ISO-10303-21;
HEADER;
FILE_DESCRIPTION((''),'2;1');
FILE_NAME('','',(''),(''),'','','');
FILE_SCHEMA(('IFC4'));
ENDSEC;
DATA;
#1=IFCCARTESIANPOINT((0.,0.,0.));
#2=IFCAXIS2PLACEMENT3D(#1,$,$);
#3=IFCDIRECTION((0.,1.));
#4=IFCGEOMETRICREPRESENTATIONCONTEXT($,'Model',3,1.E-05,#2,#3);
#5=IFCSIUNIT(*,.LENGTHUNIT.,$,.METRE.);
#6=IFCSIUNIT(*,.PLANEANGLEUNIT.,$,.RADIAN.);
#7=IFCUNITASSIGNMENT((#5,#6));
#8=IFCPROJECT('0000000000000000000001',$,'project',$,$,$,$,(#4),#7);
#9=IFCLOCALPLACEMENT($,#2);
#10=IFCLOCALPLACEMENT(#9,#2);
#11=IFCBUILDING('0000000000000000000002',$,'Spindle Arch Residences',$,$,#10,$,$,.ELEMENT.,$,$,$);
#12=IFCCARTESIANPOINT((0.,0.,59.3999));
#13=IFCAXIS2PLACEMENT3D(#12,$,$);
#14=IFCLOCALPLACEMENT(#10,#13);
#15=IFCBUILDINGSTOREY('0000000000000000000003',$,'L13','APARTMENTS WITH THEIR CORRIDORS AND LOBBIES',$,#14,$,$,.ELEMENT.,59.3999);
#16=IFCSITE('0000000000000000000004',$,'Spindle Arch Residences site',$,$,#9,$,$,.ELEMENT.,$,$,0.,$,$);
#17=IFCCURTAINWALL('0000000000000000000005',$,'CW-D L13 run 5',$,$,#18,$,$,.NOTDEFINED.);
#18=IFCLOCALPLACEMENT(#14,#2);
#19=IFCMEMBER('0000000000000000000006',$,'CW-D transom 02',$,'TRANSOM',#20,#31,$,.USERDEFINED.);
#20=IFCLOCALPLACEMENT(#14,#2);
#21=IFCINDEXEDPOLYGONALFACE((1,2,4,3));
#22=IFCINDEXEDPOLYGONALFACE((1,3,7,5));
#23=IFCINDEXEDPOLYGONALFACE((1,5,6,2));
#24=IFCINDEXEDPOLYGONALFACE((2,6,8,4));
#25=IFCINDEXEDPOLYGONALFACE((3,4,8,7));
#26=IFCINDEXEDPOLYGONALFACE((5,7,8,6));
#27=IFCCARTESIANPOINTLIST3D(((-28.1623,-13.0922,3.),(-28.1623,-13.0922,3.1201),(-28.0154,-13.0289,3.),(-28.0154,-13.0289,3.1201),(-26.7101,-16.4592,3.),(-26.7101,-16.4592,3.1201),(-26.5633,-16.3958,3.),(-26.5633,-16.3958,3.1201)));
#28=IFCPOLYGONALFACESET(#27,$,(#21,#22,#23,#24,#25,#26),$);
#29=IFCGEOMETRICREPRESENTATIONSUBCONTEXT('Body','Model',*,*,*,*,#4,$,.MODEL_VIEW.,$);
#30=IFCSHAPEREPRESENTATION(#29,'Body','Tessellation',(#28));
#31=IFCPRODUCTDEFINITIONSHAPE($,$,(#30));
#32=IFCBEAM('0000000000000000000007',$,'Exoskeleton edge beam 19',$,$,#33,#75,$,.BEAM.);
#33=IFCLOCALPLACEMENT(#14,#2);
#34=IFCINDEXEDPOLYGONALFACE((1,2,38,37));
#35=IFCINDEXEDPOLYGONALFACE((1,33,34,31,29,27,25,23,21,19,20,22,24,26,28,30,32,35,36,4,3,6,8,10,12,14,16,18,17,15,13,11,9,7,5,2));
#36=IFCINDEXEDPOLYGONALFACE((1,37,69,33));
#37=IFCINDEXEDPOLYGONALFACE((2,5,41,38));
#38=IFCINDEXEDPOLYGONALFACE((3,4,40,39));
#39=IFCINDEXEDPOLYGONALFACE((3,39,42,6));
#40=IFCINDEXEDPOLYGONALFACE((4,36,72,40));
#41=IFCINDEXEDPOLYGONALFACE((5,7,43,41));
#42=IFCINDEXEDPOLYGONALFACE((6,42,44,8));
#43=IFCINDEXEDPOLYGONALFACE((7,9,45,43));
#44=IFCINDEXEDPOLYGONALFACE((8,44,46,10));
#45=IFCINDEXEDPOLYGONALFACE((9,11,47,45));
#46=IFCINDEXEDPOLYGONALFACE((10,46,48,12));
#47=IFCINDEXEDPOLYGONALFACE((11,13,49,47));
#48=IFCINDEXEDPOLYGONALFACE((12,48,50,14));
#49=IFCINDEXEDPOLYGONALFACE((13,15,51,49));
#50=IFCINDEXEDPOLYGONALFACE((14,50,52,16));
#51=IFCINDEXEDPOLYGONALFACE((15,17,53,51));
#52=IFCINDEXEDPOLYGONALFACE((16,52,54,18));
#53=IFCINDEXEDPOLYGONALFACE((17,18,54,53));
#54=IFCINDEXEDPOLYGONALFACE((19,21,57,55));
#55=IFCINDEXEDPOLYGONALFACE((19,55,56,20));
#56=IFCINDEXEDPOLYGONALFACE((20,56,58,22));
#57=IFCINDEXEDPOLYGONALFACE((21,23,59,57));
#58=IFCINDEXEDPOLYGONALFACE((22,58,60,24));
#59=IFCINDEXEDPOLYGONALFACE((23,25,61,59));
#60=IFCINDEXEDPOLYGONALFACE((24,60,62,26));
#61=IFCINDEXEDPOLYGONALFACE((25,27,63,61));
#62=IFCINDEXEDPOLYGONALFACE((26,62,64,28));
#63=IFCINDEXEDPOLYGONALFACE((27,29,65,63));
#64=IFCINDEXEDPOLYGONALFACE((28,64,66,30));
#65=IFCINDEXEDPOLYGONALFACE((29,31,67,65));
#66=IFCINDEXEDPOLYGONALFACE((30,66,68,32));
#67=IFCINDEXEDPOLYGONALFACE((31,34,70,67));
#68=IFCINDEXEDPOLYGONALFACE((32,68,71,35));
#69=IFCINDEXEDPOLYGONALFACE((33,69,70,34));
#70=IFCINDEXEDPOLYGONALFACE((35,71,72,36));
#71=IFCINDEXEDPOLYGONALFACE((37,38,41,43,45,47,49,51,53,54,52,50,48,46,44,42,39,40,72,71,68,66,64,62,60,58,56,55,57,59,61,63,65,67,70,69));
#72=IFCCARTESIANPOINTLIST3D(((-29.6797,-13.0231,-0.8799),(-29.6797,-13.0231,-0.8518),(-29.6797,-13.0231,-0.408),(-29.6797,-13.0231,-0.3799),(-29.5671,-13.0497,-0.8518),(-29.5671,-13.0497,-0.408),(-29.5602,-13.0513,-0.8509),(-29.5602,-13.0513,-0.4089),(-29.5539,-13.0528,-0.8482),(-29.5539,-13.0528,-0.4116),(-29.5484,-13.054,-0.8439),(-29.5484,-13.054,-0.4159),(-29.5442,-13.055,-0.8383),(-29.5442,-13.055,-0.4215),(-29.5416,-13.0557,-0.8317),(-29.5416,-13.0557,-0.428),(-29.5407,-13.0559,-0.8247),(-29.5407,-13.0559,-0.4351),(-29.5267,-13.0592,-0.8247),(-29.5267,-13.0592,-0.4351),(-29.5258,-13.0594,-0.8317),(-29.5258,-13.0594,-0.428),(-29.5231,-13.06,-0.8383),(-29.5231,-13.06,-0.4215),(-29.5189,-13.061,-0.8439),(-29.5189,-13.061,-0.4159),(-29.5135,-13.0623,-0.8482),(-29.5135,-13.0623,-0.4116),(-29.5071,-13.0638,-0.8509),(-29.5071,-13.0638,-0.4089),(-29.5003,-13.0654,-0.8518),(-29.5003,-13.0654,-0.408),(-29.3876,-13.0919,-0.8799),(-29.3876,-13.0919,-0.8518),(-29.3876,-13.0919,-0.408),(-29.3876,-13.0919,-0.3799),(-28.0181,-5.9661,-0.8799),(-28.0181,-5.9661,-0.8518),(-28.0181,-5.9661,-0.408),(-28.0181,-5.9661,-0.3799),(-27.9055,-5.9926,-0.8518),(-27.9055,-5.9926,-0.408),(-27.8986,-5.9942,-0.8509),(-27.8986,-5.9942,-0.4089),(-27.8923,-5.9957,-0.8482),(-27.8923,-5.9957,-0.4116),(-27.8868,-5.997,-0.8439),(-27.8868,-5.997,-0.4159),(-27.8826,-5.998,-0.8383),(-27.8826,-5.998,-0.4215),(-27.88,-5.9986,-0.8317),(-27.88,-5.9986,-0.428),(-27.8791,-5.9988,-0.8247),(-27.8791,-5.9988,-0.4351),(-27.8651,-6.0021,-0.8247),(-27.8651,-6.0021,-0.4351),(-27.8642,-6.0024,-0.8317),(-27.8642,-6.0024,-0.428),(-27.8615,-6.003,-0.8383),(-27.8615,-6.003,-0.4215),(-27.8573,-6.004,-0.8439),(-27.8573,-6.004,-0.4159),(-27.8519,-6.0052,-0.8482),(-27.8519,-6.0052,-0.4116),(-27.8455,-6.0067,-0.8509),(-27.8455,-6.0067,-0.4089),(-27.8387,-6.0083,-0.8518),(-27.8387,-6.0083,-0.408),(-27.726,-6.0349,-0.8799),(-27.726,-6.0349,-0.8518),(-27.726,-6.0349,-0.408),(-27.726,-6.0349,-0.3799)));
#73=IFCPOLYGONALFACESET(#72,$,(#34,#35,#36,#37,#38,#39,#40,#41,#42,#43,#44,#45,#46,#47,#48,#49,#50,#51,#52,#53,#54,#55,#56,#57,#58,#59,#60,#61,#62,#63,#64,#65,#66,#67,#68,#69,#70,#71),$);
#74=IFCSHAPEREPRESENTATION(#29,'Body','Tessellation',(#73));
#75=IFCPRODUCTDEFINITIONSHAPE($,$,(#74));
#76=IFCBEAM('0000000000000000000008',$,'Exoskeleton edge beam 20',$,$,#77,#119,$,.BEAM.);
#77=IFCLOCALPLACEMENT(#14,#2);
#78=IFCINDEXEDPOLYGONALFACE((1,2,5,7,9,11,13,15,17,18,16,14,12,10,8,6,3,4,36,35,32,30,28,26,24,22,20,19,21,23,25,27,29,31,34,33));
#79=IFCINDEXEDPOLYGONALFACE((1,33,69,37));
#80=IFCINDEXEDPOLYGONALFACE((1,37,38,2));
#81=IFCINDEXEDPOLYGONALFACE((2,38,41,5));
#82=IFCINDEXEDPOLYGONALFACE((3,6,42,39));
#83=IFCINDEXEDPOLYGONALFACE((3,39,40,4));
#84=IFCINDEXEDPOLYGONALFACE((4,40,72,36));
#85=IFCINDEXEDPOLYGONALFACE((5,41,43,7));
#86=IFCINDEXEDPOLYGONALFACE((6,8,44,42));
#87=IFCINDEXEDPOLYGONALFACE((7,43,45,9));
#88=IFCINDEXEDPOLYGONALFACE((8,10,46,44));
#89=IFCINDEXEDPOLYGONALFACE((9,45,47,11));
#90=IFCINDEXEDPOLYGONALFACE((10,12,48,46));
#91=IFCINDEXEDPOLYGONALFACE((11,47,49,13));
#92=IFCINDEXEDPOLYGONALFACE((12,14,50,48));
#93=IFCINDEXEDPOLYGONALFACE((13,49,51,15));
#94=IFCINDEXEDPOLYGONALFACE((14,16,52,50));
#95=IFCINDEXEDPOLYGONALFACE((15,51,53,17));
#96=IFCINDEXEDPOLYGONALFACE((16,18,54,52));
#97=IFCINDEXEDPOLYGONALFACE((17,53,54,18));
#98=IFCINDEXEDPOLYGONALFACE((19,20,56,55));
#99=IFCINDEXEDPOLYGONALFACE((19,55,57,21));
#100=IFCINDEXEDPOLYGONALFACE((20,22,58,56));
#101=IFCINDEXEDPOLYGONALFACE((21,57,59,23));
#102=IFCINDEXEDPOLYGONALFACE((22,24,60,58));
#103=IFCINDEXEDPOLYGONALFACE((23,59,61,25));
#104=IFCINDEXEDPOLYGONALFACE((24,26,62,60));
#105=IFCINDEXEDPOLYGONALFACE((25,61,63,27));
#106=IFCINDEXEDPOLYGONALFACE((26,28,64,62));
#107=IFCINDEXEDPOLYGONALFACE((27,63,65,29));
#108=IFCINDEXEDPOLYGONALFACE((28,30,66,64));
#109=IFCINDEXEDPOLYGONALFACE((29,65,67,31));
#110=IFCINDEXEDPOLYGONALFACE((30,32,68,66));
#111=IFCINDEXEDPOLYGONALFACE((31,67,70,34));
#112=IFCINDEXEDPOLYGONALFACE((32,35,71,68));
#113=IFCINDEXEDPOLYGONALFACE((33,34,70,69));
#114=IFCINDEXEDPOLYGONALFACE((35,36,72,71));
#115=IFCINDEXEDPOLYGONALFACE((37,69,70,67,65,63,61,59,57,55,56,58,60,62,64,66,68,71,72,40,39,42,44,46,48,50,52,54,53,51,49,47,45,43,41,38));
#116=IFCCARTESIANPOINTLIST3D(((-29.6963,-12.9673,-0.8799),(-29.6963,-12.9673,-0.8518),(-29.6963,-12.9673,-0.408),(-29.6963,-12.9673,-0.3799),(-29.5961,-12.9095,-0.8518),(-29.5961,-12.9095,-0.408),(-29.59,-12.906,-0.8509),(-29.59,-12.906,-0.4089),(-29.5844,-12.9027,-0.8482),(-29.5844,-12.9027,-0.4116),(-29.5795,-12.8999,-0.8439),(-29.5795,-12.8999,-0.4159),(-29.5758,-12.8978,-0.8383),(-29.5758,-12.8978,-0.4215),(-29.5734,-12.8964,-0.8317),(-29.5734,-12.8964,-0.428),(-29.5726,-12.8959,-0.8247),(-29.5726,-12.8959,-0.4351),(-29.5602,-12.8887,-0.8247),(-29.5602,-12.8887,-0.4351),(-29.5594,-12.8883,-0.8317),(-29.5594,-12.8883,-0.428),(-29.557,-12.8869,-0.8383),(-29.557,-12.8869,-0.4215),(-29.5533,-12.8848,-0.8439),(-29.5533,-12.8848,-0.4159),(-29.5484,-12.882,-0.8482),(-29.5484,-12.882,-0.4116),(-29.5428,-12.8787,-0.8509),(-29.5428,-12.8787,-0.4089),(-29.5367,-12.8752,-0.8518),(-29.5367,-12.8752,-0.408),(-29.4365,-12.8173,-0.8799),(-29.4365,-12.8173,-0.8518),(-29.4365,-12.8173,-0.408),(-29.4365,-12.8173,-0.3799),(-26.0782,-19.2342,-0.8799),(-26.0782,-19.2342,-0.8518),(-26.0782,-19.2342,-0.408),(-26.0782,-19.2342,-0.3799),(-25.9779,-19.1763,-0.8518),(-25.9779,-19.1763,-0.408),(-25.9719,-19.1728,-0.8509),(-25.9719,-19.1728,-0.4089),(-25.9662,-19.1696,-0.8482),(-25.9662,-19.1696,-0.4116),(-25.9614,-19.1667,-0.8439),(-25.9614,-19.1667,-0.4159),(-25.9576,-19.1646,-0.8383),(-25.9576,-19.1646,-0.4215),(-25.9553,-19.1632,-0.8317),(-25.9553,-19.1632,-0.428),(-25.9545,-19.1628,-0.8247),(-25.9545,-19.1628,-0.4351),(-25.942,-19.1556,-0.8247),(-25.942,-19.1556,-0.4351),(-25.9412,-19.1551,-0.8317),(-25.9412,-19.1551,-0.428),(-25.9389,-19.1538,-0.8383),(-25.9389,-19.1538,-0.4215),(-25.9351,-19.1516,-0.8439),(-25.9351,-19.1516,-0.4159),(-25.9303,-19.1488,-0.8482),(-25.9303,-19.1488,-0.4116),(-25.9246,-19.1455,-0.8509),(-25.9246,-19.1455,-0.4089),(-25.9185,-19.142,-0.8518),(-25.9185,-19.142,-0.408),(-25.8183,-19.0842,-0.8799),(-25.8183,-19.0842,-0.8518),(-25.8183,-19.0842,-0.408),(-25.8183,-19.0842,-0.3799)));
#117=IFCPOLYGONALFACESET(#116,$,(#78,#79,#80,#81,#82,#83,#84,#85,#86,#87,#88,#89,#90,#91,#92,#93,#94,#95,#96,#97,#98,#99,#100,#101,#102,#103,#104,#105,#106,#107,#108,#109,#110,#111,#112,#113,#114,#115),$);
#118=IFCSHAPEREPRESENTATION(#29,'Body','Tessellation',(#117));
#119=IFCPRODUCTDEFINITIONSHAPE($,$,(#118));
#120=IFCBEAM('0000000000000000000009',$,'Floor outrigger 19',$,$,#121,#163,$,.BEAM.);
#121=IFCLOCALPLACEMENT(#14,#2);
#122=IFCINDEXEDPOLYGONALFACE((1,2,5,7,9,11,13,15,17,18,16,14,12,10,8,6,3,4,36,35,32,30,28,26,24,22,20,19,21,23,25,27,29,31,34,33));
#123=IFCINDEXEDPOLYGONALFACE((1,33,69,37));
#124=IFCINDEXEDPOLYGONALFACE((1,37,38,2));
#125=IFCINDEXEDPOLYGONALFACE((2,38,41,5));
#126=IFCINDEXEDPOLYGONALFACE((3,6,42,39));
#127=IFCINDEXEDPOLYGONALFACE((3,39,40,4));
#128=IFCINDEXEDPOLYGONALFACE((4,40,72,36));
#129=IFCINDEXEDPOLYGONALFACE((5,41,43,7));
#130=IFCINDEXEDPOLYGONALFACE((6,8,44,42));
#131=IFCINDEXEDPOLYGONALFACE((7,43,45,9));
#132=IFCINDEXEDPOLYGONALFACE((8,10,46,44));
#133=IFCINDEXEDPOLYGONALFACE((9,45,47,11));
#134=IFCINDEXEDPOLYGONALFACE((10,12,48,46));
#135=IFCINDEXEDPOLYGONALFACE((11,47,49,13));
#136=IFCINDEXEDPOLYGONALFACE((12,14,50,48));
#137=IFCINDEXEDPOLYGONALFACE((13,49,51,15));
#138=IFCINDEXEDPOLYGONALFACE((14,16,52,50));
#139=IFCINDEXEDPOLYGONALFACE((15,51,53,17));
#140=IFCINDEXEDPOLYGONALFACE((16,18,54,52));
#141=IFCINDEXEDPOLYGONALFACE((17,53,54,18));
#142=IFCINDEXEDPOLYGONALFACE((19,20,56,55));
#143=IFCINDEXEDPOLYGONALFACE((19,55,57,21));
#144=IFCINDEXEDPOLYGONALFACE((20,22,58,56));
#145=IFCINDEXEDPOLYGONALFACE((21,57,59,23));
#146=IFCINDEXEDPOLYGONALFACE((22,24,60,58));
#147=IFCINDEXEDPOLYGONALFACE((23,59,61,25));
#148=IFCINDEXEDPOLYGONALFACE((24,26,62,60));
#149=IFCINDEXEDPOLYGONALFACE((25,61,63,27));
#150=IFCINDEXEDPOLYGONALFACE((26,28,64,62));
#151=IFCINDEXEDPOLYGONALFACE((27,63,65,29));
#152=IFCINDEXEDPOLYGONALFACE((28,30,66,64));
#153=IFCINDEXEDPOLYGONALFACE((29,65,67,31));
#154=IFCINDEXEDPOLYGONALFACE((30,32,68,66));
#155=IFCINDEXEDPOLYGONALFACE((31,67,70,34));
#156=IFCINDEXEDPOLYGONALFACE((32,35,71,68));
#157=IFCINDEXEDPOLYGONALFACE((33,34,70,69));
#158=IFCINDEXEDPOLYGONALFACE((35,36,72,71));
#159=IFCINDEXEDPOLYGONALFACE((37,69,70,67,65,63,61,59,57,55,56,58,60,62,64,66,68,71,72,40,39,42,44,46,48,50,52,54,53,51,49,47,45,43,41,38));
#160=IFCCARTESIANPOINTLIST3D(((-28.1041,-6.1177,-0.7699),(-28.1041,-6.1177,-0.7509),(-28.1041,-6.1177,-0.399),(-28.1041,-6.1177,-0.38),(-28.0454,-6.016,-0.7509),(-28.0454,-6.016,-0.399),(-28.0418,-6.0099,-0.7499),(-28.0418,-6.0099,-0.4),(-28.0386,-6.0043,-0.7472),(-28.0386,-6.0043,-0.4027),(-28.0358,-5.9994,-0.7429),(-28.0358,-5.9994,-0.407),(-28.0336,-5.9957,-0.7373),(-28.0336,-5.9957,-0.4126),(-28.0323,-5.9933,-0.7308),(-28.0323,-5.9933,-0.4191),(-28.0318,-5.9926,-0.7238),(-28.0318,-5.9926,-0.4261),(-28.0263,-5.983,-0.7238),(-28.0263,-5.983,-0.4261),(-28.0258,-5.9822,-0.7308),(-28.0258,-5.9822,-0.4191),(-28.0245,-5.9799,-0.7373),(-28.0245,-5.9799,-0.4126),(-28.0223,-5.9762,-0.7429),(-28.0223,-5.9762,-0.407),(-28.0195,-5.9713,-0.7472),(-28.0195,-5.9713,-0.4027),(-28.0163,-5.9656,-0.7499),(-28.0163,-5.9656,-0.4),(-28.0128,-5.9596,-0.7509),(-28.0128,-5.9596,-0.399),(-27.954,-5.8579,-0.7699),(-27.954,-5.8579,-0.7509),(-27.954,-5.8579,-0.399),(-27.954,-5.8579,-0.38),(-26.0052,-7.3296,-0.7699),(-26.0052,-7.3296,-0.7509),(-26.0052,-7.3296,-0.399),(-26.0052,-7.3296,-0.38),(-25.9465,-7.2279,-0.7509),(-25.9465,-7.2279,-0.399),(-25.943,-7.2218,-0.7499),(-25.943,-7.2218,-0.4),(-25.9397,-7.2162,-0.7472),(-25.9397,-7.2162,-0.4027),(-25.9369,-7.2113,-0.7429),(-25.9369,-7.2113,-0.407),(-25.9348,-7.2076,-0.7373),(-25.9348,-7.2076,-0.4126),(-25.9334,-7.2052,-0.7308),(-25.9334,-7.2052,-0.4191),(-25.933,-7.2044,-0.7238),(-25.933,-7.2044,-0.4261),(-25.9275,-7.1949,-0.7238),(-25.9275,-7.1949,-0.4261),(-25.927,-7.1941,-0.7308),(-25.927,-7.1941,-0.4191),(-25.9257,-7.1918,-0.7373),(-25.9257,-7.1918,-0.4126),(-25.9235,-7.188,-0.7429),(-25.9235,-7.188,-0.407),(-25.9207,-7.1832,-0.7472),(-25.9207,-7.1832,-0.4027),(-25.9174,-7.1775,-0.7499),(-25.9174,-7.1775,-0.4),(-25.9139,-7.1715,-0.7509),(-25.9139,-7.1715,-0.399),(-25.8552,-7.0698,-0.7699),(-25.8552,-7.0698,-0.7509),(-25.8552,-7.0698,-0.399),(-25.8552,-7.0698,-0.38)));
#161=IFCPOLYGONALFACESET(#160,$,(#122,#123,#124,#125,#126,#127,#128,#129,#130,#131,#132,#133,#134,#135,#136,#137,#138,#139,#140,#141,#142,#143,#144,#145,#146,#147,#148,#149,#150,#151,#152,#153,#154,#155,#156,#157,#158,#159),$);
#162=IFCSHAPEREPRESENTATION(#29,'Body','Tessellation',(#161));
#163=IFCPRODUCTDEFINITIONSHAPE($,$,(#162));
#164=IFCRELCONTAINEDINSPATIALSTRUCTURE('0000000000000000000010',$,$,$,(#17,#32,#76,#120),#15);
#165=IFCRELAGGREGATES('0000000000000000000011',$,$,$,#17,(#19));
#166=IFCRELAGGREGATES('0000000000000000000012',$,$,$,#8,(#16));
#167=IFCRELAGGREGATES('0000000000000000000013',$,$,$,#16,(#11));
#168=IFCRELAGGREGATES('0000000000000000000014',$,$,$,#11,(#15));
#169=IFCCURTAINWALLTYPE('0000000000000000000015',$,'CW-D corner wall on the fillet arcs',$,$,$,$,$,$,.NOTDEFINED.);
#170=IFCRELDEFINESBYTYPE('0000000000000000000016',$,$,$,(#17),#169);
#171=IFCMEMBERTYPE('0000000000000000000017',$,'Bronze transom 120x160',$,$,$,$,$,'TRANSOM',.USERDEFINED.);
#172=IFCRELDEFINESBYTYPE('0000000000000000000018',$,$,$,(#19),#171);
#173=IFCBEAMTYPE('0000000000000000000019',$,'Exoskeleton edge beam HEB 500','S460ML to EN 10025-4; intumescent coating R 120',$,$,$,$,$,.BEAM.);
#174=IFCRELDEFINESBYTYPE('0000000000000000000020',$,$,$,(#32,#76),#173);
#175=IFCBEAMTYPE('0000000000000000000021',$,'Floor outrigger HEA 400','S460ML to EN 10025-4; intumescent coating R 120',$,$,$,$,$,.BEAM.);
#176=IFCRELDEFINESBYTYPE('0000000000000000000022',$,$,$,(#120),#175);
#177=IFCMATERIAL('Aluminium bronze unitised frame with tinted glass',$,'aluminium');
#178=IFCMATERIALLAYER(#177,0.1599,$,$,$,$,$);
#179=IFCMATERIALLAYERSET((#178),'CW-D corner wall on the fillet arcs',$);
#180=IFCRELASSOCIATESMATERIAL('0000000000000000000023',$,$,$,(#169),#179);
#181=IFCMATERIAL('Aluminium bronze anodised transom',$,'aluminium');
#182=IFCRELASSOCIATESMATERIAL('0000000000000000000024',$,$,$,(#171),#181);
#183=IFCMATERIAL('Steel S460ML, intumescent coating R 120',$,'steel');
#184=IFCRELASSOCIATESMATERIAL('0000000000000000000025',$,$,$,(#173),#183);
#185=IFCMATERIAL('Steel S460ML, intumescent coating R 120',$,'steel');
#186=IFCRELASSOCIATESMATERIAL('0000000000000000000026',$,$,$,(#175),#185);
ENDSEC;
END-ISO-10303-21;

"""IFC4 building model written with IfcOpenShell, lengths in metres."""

from ifc_helpers import new_model, si_unit, direction, frame, origin, origin_2d, place, context, subcontext, project, spatial, rectangle, i_section, extrude, material, layer, layer_set, material_profile, profile_set, type_object, element, aggregate, save


model = new_model("IFC4")

# Units and contexts
model_context = context("Model", 3, precision=1e-05, world=origin(), true_north=direction((0.0, 1.0)))
body_context = subcontext(model_context, "Body", "Model", "MODEL_VIEW")
ifc_project = project(units=[si_unit("LENGTHUNIT", "METRE"), si_unit("PLANEANGLEUNIT", "RADIAN")], contexts=[model_context])

# Site, building, storey
site_placement = place(None, origin())
site = spatial("IfcSite", under=ifc_project, at=site_placement, Name="Spindle Arch Residences site", CompositionType="ELEMENT", RefElevation=0.0)
building_placement = place(site_placement, origin())
building = spatial("IfcBuilding", under=site, at=building_placement, Name="Spindle Arch Residences", CompositionType="ELEMENT")
storey_placement = place(building_placement, frame((0.0, 0.0, 59.3999)))
storey = spatial("IfcBuildingStorey", under=building, at=storey_placement, Name="L13", Description="APARTMENTS WITH THEIR CORRIDORS AND LOBBIES", CompositionType="ELEMENT", Elevation=59.3999)

# Curtain wall, member
ifc_material_1 = material(Name="Aluminium bronze unitised frame with tinted glass", Category="aluminium")
ifc_layer_1 = layer(ifc_material_1, 0.1599)
ifc_layer_set_1 = layer_set([ifc_layer_1], Name="CW-D corner wall on the fillet arcs")
curtain_wall_type_1 = type_object("IfcCurtainWallType", Name="CW-D corner wall on the fillet arcs", PredefinedType="NOTDEFINED", material=ifc_layer_set_1)
curtain_wall_1_placement = place(storey_placement, origin())
curtain_wall_1 = element("IfcCurtainWall", 1, at=curtain_wall_1_placement, inside=storey, type_object=curtain_wall_type_1, Name="CW-D L13 run 5", PredefinedType="NOTDEFINED")
ifc_material_2 = material(Name="Aluminium bronze anodised transom", Category="aluminium")
ifc_material_profile_1 = material_profile(ifc_material_2, rectangle(XDim=0.1599, YDim=0.1201, at=origin_2d()), Name="TR 120x160")
ifc_profile_set_1 = profile_set([ifc_material_profile_1], Name="Aluminium bronze anodised transom")
member_type_1 = type_object("IfcMemberType", Name="Bronze transom 120x160", ElementType="TRANSOM", PredefinedType="USERDEFINED", material=ifc_profile_set_1)
member_1_placement = place(storey_placement, frame((-28.0889, -13.0605, 3.0601), z_axis=(0.396032, -0.918237, 0.0), x_axis=(0.918237, 0.396032, 0.0)))
member_1 = element("IfcMember", 2, at=member_1_placement, type_object=member_type_1, Name="CW-D transom 02", ObjectType="TRANSOM", PredefinedType="USERDEFINED", context=body_context, shape_type="SweptSolid", body=[
    extrude(rectangle(XDim=0.1599, YDim=0.1201, at=origin_2d()), origin(), (0.0, 0.0, 1.0), 3.6667),
])

# Beams
ifc_material_3 = material(Name="Steel S460ML, intumescent coating R 120", Category="steel")
ifc_material_profile_2 = material_profile(ifc_material_3, i_section(OverallWidth=0.3, OverallDepth=0.5, WebThickness=0.0144, FlangeThickness=0.0281, FilletRadius=0.0271, at=origin_2d()), Name="HEB 500")
ifc_profile_set_2 = profile_set([ifc_material_profile_2], Name="Steel S460ML, intumescent coating R 120")
beam_type_1 = type_object("IfcBeamType", Name="Exoskeleton edge beam HEB 500", Description="S460ML to EN 10025-4; intumescent coating R 120", PredefinedType="BEAM", material=ifc_profile_set_2)
beam_1_placement = place(storey_placement, frame((-27.8721, -6.0005, -0.6299), z_axis=(-0.229186, -0.973383, 0.0), x_axis=(0.973383, -0.229186, 0.0)))
element("IfcBeam", 3, at=beam_1_placement, inside=storey, type_object=beam_type_1, Name="Exoskeleton edge beam 19", PredefinedType="BEAM", context=body_context, shape_type="SweptSolid", body=[
    extrude(i_section(OverallWidth=0.3, OverallDepth=0.5, WebThickness=0.0144, FlangeThickness=0.0281, FilletRadius=0.0271, at=origin_2d()), origin(), (0.0, 0.0, 1.0), 7.25),
])
beam_2_placement = place(storey_placement, frame((-29.5664, -12.8923, -0.6299), z_axis=(0.5, -0.866025, 0.0), x_axis=(0.866025, 0.5, 0.0)))
element("IfcBeam", 4, at=beam_2_placement, inside=storey, type_object=beam_type_1, Name="Exoskeleton edge beam 20", PredefinedType="BEAM", context=body_context, shape_type="SweptSolid", body=[
    extrude(i_section(OverallWidth=0.3, OverallDepth=0.5, WebThickness=0.0144, FlangeThickness=0.0281, FilletRadius=0.0271, at=origin_2d()), origin(), (0.0, 0.0, 1.0), 7.2363),
])
ifc_material_4 = material(Name="Steel S460ML, intumescent coating R 120", Category="steel")
ifc_material_profile_3 = material_profile(ifc_material_4, i_section(OverallWidth=0.3, OverallDepth=0.3899, WebThickness=0.011, FlangeThickness=0.019, FilletRadius=0.0271, at=origin_2d()), Name="HEA 400")
ifc_profile_set_3 = profile_set([ifc_material_profile_3], Name="Steel S460ML, intumescent coating R 120")
beam_type_2 = type_object("IfcBeamType", Name="Floor outrigger HEA 400", Description="S460ML to EN 10025-4; intumescent coating R 120", PredefinedType="BEAM", material=ifc_profile_set_3)
beam_3_placement = place(storey_placement, frame((-28.0291, -5.9878, -0.575), z_axis=(0.866003, -0.500039, 0.0), x_axis=(0.500039, 0.866003, 0.0)))
element("IfcBeam", 5, at=beam_3_placement, inside=storey, type_object=beam_type_2, Name="Floor outrigger 19", PredefinedType="BEAM", context=body_context, shape_type="SweptSolid", body=[
    extrude(i_section(OverallWidth=0.3, OverallDepth=0.3899, WebThickness=0.011, FlangeThickness=0.019, FilletRadius=0.0271, at=origin_2d()), origin(), (0.0, 0.0, 1.0), 2.4236),
])

aggregate(curtain_wall_1, [member_1])

save(model, "model.ifc")
